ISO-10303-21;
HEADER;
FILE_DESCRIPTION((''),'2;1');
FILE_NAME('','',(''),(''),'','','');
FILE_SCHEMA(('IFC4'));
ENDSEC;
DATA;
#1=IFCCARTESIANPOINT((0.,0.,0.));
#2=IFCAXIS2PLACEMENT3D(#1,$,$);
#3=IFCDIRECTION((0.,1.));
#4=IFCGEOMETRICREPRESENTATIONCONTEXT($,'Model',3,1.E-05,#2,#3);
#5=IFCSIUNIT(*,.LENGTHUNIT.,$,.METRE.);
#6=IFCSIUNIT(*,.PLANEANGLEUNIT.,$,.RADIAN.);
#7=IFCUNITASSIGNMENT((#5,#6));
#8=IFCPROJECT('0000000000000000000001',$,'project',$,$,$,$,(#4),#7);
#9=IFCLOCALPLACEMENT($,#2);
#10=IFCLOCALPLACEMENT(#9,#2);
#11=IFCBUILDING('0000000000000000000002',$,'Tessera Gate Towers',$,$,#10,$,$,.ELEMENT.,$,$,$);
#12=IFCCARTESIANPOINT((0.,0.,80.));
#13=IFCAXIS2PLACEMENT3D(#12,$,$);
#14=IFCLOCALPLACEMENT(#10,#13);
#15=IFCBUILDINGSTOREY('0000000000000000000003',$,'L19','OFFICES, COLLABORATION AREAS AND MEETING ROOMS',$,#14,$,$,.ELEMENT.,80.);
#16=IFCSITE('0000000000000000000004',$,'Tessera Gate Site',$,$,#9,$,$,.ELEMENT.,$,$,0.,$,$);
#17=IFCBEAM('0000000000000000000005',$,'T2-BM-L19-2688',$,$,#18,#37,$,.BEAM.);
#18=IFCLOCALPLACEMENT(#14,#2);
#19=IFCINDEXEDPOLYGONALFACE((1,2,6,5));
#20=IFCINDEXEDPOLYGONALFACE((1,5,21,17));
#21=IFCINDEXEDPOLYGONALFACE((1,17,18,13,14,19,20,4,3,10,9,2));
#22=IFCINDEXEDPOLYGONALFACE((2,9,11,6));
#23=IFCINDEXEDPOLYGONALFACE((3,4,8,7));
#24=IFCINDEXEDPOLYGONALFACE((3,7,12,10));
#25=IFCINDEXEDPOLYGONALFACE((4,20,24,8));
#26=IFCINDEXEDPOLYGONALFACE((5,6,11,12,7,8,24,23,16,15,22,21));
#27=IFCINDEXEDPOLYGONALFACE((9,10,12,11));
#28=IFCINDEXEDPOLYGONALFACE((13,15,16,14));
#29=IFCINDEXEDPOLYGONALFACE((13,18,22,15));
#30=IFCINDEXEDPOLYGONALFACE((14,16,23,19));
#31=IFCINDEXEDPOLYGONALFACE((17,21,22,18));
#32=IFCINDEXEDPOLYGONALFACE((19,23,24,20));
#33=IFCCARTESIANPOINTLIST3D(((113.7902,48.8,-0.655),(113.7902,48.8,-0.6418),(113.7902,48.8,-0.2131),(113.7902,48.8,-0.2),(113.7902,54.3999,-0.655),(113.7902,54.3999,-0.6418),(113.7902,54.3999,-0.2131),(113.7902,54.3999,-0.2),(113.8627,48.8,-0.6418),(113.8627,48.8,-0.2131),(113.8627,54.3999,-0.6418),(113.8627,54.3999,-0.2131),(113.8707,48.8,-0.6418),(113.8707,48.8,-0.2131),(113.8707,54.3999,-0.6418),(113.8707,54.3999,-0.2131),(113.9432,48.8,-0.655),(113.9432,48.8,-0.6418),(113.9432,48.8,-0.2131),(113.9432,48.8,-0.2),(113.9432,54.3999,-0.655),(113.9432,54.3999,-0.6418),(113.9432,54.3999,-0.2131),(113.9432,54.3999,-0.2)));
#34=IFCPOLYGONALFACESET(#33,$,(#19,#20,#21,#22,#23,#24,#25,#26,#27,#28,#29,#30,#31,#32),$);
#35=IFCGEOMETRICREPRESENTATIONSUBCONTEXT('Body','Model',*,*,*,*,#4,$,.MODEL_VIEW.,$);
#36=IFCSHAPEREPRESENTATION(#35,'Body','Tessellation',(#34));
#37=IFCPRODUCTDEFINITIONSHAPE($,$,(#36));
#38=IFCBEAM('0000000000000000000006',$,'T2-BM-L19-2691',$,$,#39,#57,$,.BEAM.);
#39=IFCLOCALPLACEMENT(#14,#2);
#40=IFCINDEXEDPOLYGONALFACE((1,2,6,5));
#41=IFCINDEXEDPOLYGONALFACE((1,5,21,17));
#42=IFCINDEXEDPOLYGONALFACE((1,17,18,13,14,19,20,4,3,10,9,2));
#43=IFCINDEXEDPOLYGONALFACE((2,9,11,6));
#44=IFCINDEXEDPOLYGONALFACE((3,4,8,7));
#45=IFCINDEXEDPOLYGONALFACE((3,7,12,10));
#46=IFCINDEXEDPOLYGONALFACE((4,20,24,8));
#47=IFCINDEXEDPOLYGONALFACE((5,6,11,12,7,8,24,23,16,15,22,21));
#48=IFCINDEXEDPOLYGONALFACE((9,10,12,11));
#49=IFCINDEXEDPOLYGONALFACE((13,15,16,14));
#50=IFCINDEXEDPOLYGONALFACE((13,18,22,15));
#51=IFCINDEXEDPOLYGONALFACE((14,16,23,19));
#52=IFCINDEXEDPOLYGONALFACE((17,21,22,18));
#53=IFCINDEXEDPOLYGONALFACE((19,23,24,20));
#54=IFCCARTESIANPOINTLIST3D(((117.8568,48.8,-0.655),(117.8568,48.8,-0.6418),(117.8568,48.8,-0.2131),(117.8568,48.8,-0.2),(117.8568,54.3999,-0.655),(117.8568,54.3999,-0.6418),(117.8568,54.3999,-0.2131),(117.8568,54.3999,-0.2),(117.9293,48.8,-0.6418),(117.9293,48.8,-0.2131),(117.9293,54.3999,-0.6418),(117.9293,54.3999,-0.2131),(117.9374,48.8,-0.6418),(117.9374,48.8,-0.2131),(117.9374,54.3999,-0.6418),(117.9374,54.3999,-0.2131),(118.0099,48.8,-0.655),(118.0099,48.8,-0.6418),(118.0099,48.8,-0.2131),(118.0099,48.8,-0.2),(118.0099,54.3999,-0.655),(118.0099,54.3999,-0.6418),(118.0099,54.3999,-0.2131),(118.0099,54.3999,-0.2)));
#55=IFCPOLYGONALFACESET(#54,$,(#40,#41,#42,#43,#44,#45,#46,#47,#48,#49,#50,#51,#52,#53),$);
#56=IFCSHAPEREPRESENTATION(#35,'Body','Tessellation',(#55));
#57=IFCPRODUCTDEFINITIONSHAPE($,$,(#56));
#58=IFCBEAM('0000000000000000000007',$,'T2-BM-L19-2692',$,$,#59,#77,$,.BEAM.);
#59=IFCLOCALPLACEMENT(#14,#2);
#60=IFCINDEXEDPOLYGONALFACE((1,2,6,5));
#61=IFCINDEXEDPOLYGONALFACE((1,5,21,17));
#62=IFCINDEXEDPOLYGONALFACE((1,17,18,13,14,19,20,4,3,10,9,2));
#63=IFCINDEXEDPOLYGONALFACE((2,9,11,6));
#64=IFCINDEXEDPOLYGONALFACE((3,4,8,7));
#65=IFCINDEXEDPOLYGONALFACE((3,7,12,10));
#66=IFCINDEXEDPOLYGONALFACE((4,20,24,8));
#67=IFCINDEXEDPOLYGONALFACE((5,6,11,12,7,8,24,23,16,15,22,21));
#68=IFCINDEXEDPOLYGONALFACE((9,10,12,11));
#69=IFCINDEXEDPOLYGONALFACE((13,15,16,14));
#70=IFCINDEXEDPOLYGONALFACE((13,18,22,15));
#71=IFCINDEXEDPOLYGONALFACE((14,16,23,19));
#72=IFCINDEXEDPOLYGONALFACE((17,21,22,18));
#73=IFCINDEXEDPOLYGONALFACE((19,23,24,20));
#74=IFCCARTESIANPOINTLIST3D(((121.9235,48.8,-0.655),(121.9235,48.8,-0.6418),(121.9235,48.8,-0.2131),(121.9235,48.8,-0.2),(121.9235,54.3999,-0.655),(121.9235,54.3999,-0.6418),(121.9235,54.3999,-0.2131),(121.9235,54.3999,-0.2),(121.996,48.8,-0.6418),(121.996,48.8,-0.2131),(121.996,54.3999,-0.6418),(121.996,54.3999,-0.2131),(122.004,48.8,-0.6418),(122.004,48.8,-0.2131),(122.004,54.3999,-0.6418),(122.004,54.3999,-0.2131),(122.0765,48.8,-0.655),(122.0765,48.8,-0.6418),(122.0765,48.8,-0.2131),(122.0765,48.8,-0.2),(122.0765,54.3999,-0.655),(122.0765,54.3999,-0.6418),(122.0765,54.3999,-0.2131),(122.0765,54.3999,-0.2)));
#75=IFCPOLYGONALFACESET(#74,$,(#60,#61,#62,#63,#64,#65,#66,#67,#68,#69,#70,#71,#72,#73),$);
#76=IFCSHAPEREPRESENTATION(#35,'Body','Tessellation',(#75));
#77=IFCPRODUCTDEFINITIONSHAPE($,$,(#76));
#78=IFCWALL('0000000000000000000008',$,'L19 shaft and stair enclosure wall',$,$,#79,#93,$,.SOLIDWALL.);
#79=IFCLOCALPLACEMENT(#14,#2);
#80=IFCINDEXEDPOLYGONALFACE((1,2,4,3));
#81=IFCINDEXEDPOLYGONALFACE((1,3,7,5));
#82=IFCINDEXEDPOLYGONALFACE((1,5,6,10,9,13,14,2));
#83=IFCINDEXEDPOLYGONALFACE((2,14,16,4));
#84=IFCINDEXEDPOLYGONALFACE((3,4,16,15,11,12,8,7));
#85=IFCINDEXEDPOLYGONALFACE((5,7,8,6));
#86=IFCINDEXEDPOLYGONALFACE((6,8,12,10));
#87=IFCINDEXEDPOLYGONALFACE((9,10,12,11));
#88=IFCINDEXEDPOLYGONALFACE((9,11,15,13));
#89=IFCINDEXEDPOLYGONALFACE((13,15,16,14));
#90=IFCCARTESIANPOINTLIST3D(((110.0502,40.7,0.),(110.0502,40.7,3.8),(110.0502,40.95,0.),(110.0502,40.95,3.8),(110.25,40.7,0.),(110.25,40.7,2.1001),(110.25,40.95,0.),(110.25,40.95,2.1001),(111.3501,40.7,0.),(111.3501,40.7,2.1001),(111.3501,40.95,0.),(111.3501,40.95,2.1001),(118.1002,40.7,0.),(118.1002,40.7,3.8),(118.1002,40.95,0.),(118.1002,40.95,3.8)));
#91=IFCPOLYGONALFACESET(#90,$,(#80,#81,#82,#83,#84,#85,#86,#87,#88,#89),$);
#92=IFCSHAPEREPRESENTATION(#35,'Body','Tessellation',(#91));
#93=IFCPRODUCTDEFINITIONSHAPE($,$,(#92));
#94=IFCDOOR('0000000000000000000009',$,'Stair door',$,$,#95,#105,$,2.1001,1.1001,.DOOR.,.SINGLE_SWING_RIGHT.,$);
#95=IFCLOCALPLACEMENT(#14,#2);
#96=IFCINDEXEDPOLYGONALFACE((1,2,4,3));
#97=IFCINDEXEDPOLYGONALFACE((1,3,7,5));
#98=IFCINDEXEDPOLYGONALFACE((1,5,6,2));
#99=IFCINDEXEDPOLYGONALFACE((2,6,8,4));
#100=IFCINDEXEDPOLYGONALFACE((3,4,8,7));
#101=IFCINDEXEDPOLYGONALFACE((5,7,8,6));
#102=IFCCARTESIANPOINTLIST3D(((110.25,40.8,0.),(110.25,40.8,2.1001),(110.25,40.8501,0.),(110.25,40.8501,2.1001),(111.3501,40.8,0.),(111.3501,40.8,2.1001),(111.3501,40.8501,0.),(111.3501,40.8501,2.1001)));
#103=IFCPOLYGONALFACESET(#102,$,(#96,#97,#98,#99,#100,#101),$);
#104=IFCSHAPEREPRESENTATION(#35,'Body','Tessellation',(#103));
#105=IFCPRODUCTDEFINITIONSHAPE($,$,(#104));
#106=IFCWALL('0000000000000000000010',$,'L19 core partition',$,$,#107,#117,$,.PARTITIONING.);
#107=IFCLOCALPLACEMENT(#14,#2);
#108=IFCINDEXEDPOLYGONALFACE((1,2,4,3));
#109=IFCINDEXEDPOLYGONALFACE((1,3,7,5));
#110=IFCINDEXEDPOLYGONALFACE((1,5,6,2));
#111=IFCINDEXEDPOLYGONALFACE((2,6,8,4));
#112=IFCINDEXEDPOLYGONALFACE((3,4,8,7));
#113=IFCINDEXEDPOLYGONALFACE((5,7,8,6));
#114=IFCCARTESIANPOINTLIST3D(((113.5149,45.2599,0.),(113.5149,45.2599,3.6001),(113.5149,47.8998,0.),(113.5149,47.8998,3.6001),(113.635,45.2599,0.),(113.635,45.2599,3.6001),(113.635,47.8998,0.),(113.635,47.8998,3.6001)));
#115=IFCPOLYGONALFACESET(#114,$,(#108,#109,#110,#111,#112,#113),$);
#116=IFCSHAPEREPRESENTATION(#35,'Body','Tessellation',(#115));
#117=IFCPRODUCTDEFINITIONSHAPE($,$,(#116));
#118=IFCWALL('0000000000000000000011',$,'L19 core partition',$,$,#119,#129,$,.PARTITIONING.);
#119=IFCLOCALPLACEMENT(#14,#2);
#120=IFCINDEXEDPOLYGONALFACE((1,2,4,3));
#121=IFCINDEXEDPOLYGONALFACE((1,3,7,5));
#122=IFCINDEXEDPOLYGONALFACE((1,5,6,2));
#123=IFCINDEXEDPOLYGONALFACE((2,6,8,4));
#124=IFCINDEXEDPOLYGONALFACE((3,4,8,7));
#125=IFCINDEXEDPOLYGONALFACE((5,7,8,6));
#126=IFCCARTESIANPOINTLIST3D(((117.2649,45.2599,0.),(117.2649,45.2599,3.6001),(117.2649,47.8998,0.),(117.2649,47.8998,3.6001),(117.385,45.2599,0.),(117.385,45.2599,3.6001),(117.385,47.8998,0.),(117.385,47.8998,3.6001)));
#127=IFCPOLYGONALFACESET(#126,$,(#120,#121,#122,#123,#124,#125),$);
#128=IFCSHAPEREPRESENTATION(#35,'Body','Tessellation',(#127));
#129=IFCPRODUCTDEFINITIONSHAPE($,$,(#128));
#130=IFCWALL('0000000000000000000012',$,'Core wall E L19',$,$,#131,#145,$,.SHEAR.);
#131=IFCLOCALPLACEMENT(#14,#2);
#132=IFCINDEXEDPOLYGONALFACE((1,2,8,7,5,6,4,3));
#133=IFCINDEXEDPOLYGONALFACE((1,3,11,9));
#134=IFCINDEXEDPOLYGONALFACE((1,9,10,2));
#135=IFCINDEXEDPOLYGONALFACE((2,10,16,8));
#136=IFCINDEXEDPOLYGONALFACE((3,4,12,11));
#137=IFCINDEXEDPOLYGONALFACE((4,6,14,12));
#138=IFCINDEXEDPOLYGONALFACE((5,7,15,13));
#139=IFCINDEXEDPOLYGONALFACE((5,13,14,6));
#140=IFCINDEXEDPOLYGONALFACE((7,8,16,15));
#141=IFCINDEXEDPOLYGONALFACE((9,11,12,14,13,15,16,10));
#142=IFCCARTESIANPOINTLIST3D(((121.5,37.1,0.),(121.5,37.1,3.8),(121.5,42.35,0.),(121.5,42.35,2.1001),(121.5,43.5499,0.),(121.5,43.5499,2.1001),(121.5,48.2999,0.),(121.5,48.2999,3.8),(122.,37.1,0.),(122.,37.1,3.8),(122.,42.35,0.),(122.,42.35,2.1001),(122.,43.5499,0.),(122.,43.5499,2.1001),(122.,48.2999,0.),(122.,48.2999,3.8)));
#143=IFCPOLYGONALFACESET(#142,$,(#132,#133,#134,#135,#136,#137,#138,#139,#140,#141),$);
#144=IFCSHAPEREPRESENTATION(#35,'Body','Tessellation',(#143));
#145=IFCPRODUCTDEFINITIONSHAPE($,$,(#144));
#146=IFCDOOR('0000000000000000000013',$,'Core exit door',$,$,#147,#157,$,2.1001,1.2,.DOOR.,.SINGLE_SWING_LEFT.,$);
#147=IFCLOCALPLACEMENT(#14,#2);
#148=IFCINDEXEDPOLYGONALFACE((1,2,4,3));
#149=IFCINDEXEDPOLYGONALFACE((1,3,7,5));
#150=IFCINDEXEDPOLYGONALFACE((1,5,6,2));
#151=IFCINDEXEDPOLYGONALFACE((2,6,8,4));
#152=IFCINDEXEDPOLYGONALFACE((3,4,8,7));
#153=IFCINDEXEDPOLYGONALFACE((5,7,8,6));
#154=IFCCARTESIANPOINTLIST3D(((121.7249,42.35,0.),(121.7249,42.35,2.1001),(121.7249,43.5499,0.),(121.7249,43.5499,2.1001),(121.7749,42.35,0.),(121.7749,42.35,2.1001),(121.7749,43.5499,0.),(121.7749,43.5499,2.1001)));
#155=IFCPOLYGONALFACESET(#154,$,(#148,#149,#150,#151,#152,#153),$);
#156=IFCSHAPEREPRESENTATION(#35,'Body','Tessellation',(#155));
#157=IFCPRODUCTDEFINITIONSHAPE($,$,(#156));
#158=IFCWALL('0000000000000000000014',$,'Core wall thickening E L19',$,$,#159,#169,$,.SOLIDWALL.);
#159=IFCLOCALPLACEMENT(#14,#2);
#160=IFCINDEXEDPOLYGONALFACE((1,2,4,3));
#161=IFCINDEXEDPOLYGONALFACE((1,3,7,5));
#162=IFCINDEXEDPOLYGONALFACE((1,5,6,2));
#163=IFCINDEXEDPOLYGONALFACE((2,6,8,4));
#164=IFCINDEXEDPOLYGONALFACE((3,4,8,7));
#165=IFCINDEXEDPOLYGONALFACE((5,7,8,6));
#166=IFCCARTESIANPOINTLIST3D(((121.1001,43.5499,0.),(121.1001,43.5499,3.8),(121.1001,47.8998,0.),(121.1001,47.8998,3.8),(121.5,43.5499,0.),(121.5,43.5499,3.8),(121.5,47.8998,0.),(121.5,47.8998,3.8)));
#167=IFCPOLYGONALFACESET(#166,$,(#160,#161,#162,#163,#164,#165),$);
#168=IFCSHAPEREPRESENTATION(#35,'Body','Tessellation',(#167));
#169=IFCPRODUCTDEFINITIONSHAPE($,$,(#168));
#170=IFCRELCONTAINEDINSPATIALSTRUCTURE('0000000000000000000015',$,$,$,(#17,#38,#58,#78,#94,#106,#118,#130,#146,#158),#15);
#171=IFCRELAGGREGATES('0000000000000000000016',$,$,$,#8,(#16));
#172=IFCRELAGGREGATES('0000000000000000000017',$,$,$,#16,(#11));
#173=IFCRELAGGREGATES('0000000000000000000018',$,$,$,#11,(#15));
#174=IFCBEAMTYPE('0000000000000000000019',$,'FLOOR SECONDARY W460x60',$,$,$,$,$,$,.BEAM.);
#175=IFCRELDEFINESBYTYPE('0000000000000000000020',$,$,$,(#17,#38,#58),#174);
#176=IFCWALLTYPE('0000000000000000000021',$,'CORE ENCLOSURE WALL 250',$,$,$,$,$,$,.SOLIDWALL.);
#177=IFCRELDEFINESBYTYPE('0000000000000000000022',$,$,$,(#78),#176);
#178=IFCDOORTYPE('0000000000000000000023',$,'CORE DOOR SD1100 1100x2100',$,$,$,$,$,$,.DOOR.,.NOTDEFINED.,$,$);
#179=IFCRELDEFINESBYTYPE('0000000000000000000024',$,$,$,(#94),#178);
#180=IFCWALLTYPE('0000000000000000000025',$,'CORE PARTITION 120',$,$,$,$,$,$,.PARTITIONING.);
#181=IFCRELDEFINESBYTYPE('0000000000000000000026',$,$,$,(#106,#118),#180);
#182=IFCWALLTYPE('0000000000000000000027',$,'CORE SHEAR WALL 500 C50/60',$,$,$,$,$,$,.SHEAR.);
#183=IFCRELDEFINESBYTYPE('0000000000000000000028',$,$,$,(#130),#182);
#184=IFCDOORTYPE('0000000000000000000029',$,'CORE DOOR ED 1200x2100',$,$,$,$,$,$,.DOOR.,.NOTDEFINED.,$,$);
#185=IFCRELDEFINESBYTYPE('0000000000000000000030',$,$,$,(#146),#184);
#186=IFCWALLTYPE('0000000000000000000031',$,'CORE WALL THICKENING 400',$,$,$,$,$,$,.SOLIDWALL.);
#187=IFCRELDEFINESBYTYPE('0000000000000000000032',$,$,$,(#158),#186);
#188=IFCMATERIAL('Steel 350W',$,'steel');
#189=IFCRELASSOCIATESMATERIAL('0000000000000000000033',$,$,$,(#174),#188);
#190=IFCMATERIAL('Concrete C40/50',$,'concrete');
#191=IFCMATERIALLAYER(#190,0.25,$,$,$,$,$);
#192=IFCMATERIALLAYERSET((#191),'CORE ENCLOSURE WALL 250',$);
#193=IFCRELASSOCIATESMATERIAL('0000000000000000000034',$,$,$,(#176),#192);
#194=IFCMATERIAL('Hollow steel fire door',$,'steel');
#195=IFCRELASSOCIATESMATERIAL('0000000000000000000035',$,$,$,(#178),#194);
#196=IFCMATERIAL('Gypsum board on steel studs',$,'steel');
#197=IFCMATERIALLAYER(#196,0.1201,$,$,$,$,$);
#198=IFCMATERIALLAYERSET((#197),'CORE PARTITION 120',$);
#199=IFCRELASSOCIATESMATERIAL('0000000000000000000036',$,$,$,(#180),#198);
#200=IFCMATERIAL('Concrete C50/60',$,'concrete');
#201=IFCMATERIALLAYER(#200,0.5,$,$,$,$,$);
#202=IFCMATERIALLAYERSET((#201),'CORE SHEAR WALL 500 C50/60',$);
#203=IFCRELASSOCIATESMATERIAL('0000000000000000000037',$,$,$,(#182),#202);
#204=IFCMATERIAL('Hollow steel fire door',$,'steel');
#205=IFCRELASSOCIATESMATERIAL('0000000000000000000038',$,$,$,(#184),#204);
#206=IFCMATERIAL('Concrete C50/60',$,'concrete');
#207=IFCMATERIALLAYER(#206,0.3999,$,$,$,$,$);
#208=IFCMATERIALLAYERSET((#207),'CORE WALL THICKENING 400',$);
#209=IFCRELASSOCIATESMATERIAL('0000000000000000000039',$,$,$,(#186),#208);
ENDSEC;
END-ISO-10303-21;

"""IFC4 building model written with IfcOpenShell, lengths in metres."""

from ifc_helpers import new_model, si_unit, direction, frame, frame_2d, origin, origin_2d, place, context, subcontext, project, spatial, rectangle, i_section, extrude, source, transform, mapped, material, layer, layer_set, material_profile, profile_set, type_object, element, fill, save


model = new_model("IFC4")

# Units and contexts
model_context = context("Model", 3, precision=1e-05, world=origin(), true_north=direction((0.0, 1.0)))
body_context = subcontext(model_context, "Body", "Model", "MODEL_VIEW")
ifc_project = project(units=[si_unit("LENGTHUNIT", "METRE"), si_unit("PLANEANGLEUNIT", "RADIAN")], contexts=[model_context])

# Site, building, storey
site_placement = place(None, origin())
site = spatial("IfcSite", under=ifc_project, at=site_placement, Name="Tessera Gate Site", CompositionType="ELEMENT", RefElevation=0.0)
building_placement = place(site_placement, origin())
building = spatial("IfcBuilding", under=site, at=building_placement, Name="Tessera Gate Towers", CompositionType="ELEMENT")
storey_placement = place(building_placement, frame((0.0, 0.0, 80.0)))
storey = spatial("IfcBuildingStorey", under=building, at=storey_placement, Name="L19", Description="OFFICES, COLLABORATION AREAS AND MEETING ROOMS", CompositionType="ELEMENT", Elevation=80.0)

# Beams
ifc_material_1 = material(Name="Steel 350W", Category="steel")
ifc_material_profile = material_profile(ifc_material_1, i_section(OverallWidth=0.1531, OverallDepth=0.4551, WebThickness=0.0081, FlangeThickness=0.0132, at=origin_2d()), Name="W460x60")
ifc_profile_set = profile_set([ifc_material_profile], Name="Steel 350W")
beam_type = type_object("IfcBeamType", Name="FLOOR SECONDARY W460x60", PredefinedType="BEAM", material=ifc_profile_set)
for number, where, z_axis, x_axis, name in (
    (1, (113.8667, 48.8, -0.4275), (0.0, 1.0, 0.0), (-1.0, 0.0, 0.0), "T2-BM-L19-2688"),
    (2, (117.9333, 48.8, -0.4275), (0.0, 1.0, 0.0), (-1.0, 0.0, 0.0), "T2-BM-L19-2691"),
    (3, (122.0, 48.8, -0.4275), (0.0, 1.0, 0.0), (-1.0, 0.0, 0.0), "T2-BM-L19-2692"),
):
    element("IfcBeam", number, at=place(storey_placement, frame(where, z_axis=z_axis, x_axis=x_axis)), inside=storey, type_object=beam_type, Name=name, PredefinedType="BEAM", context=body_context, shape_type="SweptSolid", body=[
        extrude(i_section(OverallWidth=0.1531, OverallDepth=0.4551, WebThickness=0.0081, FlangeThickness=0.0132, at=origin_2d()), origin(), (0.0, 0.0, 1.0), 5.5999),
    ])

# Wall, opening, door
ifc_material_2 = material(Name="Concrete C40/50", Category="concrete")
ifc_layer_1 = layer(ifc_material_2, 0.25)
ifc_layer_set_1 = layer_set([ifc_layer_1], Name="CORE ENCLOSURE WALL 250")
wall_type_1 = type_object("IfcWallType", Name="CORE ENCLOSURE WALL 250", PredefinedType="SOLIDWALL", material=ifc_layer_set_1)
wall_1_placement = place(storey_placement, frame((118.1001, 40.825, 0.0), z_axis=(0.0, 0.0, 1.0), x_axis=(-1.0, 0.0, 0.0)))
wall_1 = element("IfcWall", 4, at=wall_1_placement, inside=storey, type_object=wall_type_1, Name="L19 shaft and stair enclosure wall", PredefinedType="SOLIDWALL", context=body_context, shape_type="SweptSolid", body=[
    extrude(rectangle(XDim=8.05, YDim=0.25, at=frame_2d((4.0249, 0.0))), origin(), (0.0, 0.0, 1.0), 3.8),
])
shared_shape_1 = source(origin(), body_context, "Body", "SweptSolid", [
    extrude(rectangle(XDim=1.1001, YDim=2.1001, at=frame_2d((0.55, 1.05))), frame((0.0, 0.135, 0.0), z_axis=(0.0, -1.0, 0.0), x_axis=(1.0, 0.0, 0.0)), (0.0, 0.0, 1.0), 0.27),
])
opening_1_placement = place(wall_1_placement, frame((6.75, 0.0, 0.0)))
opening_1 = element("IfcOpeningElement", 5, at=opening_1_placement, cuts=wall_1, PredefinedType="OPENING", context=body_context, shape_type="MappedRepresentation", body=[
    mapped(shared_shape_1, transform((0.0, 0.0, 0.0), scale=1.0)),
])
ifc_material_3 = material(Name="Hollow steel fire door", Category="steel")
door_type_1 = type_object("IfcDoorType", Name="CORE DOOR SD1100 1100x2100", OperationType="NOTDEFINED", PredefinedType="DOOR", material=ifc_material_3)
shared_shape_2 = source(origin(), body_context, "Body", "SweptSolid", [
    extrude(rectangle(XDim=1.1001, YDim=2.1001, at=frame_2d((0.55, 1.05))), frame((0.0, 0.0249, 0.0), z_axis=(0.0, -1.0, 0.0), x_axis=(1.0, 0.0, 0.0)), (0.0, 0.0, 1.0), 0.05),
])
door_1_placement = place(opening_1_placement, origin())
door_1 = element("IfcDoor", 6, at=door_1_placement, inside=storey, type_object=door_type_1, Name="Stair door", OperationType="SINGLE_SWING_RIGHT", OverallHeight=2.1001, OverallWidth=1.1001, PredefinedType="DOOR", context=body_context, shape_type="MappedRepresentation", body=[
    mapped(shared_shape_2, transform((0.0, 0.0, 0.0), scale=1.0)),
])
fill(opening_1, door_1)

# Walls
ifc_material_4 = material(Name="Gypsum board on steel studs", Category="steel")
ifc_layer_2 = layer(ifc_material_4, 0.1201)
ifc_layer_set_2 = layer_set([ifc_layer_2], Name="CORE PARTITION 120")
wall_type_2 = type_object("IfcWallType", Name="CORE PARTITION 120", PredefinedType="PARTITIONING", material=ifc_layer_set_2)
for number, where, z_axis, x_axis, name in (
    (7, (113.575, 45.26, 0.0), (0.0, 0.0, 1.0), (0.0, 1.0, 0.0), "L19 core partition"),
    (8, (117.325, 45.26, 0.0), (0.0, 0.0, 1.0), (0.0, 1.0, 0.0), "L19 core partition"),
):
    element("IfcWall", number, at=place(storey_placement, frame(where, z_axis=z_axis, x_axis=x_axis)), inside=storey, type_object=wall_type_2, Name=name, PredefinedType="PARTITIONING", context=body_context, shape_type="SweptSolid", body=[
        extrude(rectangle(XDim=2.6399, YDim=0.1201, at=frame_2d((1.3198, 0.0))), origin(), (0.0, 0.0, 1.0), 3.6001),
    ])

# Wall, opening, door
ifc_material_5 = material(Name="Concrete C50/60", Category="concrete")
ifc_layer_3 = layer(ifc_material_5, 0.5)
ifc_layer_set_3 = layer_set([ifc_layer_3], Name="CORE SHEAR WALL 500 C50/60")
wall_type_3 = type_object("IfcWallType", Name="CORE SHEAR WALL 500 C50/60", PredefinedType="SHEAR", material=ifc_layer_set_3)
wall_2_placement = place(storey_placement, frame((121.75, 48.3, 0.0), z_axis=(0.0, 0.0, 1.0), x_axis=(0.0, -1.0, 0.0)))
wall_2 = element("IfcWall", 9, at=wall_2_placement, inside=storey, type_object=wall_type_3, Name="Core wall E L19", PredefinedType="SHEAR", context=body_context, shape_type="SweptSolid", body=[
    extrude(rectangle(XDim=11.2, YDim=0.5, at=frame_2d((5.6001, 0.0))), origin(), (0.0, 0.0, 1.0), 3.8),
])
shared_shape_3 = source(origin(), body_context, "Body", "SweptSolid", [
    extrude(rectangle(XDim=1.2, YDim=2.1001, at=frame_2d((0.6001, 1.05))), frame((0.0, 0.26, 0.0), z_axis=(0.0, -1.0, 0.0), x_axis=(1.0, 0.0, 0.0)), (0.0, 0.0, 1.0), 0.52),
])
opening_2_placement = place(wall_2_placement, frame((4.75, 0.0, 0.0)))
opening_2 = element("IfcOpeningElement", 10, at=opening_2_placement, cuts=wall_2, PredefinedType="OPENING", context=body_context, shape_type="MappedRepresentation", body=[
    mapped(shared_shape_3, transform((0.0, 0.0, 0.0), scale=1.0)),
])
ifc_material_6 = material(Name="Hollow steel fire door", Category="steel")
door_type_2 = type_object("IfcDoorType", Name="CORE DOOR ED 1200x2100", OperationType="NOTDEFINED", PredefinedType="DOOR", material=ifc_material_6)
shared_shape_4 = source(origin(), body_context, "Body", "SweptSolid", [
    extrude(rectangle(XDim=1.2, YDim=2.1001, at=frame_2d((0.6001, 1.05))), frame((0.0, 0.0249, 0.0), z_axis=(0.0, -1.0, 0.0), x_axis=(1.0, 0.0, 0.0)), (0.0, 0.0, 1.0), 0.05),
])
door_2_placement = place(opening_2_placement, origin())
door_2 = element("IfcDoor", 11, at=door_2_placement, inside=storey, type_object=door_type_2, Name="Core exit door", OperationType="SINGLE_SWING_LEFT", OverallHeight=2.1001, OverallWidth=1.2, PredefinedType="DOOR", context=body_context, shape_type="MappedRepresentation", body=[
    mapped(shared_shape_4, transform((0.0, 0.0, 0.0), scale=1.0)),
])
fill(opening_2, door_2)

# Wall
ifc_material_7 = material(Name="Concrete C50/60", Category="concrete")
ifc_layer_4 = layer(ifc_material_7, 0.3999)
ifc_layer_set_4 = layer_set([ifc_layer_4], Name="CORE WALL THICKENING 400")
wall_type_4 = type_object("IfcWallType", Name="CORE WALL THICKENING 400", PredefinedType="SOLIDWALL", material=ifc_layer_set_4)
wall_3_placement = place(storey_placement, frame((121.3, 43.55, 0.0), z_axis=(0.0, 0.0, 1.0), x_axis=(0.0, 1.0, 0.0)))
element("IfcWall", 12, at=wall_3_placement, inside=storey, type_object=wall_type_4, Name="Core wall thickening E L19", PredefinedType="SOLIDWALL", context=body_context, shape_type="SweptSolid", body=[
    extrude(rectangle(XDim=4.3499, YDim=0.3999, at=frame_2d((2.1748, 0.0))), origin(), (0.0, 0.0, 1.0), 3.8),
])

save(model, "model.ifc")
